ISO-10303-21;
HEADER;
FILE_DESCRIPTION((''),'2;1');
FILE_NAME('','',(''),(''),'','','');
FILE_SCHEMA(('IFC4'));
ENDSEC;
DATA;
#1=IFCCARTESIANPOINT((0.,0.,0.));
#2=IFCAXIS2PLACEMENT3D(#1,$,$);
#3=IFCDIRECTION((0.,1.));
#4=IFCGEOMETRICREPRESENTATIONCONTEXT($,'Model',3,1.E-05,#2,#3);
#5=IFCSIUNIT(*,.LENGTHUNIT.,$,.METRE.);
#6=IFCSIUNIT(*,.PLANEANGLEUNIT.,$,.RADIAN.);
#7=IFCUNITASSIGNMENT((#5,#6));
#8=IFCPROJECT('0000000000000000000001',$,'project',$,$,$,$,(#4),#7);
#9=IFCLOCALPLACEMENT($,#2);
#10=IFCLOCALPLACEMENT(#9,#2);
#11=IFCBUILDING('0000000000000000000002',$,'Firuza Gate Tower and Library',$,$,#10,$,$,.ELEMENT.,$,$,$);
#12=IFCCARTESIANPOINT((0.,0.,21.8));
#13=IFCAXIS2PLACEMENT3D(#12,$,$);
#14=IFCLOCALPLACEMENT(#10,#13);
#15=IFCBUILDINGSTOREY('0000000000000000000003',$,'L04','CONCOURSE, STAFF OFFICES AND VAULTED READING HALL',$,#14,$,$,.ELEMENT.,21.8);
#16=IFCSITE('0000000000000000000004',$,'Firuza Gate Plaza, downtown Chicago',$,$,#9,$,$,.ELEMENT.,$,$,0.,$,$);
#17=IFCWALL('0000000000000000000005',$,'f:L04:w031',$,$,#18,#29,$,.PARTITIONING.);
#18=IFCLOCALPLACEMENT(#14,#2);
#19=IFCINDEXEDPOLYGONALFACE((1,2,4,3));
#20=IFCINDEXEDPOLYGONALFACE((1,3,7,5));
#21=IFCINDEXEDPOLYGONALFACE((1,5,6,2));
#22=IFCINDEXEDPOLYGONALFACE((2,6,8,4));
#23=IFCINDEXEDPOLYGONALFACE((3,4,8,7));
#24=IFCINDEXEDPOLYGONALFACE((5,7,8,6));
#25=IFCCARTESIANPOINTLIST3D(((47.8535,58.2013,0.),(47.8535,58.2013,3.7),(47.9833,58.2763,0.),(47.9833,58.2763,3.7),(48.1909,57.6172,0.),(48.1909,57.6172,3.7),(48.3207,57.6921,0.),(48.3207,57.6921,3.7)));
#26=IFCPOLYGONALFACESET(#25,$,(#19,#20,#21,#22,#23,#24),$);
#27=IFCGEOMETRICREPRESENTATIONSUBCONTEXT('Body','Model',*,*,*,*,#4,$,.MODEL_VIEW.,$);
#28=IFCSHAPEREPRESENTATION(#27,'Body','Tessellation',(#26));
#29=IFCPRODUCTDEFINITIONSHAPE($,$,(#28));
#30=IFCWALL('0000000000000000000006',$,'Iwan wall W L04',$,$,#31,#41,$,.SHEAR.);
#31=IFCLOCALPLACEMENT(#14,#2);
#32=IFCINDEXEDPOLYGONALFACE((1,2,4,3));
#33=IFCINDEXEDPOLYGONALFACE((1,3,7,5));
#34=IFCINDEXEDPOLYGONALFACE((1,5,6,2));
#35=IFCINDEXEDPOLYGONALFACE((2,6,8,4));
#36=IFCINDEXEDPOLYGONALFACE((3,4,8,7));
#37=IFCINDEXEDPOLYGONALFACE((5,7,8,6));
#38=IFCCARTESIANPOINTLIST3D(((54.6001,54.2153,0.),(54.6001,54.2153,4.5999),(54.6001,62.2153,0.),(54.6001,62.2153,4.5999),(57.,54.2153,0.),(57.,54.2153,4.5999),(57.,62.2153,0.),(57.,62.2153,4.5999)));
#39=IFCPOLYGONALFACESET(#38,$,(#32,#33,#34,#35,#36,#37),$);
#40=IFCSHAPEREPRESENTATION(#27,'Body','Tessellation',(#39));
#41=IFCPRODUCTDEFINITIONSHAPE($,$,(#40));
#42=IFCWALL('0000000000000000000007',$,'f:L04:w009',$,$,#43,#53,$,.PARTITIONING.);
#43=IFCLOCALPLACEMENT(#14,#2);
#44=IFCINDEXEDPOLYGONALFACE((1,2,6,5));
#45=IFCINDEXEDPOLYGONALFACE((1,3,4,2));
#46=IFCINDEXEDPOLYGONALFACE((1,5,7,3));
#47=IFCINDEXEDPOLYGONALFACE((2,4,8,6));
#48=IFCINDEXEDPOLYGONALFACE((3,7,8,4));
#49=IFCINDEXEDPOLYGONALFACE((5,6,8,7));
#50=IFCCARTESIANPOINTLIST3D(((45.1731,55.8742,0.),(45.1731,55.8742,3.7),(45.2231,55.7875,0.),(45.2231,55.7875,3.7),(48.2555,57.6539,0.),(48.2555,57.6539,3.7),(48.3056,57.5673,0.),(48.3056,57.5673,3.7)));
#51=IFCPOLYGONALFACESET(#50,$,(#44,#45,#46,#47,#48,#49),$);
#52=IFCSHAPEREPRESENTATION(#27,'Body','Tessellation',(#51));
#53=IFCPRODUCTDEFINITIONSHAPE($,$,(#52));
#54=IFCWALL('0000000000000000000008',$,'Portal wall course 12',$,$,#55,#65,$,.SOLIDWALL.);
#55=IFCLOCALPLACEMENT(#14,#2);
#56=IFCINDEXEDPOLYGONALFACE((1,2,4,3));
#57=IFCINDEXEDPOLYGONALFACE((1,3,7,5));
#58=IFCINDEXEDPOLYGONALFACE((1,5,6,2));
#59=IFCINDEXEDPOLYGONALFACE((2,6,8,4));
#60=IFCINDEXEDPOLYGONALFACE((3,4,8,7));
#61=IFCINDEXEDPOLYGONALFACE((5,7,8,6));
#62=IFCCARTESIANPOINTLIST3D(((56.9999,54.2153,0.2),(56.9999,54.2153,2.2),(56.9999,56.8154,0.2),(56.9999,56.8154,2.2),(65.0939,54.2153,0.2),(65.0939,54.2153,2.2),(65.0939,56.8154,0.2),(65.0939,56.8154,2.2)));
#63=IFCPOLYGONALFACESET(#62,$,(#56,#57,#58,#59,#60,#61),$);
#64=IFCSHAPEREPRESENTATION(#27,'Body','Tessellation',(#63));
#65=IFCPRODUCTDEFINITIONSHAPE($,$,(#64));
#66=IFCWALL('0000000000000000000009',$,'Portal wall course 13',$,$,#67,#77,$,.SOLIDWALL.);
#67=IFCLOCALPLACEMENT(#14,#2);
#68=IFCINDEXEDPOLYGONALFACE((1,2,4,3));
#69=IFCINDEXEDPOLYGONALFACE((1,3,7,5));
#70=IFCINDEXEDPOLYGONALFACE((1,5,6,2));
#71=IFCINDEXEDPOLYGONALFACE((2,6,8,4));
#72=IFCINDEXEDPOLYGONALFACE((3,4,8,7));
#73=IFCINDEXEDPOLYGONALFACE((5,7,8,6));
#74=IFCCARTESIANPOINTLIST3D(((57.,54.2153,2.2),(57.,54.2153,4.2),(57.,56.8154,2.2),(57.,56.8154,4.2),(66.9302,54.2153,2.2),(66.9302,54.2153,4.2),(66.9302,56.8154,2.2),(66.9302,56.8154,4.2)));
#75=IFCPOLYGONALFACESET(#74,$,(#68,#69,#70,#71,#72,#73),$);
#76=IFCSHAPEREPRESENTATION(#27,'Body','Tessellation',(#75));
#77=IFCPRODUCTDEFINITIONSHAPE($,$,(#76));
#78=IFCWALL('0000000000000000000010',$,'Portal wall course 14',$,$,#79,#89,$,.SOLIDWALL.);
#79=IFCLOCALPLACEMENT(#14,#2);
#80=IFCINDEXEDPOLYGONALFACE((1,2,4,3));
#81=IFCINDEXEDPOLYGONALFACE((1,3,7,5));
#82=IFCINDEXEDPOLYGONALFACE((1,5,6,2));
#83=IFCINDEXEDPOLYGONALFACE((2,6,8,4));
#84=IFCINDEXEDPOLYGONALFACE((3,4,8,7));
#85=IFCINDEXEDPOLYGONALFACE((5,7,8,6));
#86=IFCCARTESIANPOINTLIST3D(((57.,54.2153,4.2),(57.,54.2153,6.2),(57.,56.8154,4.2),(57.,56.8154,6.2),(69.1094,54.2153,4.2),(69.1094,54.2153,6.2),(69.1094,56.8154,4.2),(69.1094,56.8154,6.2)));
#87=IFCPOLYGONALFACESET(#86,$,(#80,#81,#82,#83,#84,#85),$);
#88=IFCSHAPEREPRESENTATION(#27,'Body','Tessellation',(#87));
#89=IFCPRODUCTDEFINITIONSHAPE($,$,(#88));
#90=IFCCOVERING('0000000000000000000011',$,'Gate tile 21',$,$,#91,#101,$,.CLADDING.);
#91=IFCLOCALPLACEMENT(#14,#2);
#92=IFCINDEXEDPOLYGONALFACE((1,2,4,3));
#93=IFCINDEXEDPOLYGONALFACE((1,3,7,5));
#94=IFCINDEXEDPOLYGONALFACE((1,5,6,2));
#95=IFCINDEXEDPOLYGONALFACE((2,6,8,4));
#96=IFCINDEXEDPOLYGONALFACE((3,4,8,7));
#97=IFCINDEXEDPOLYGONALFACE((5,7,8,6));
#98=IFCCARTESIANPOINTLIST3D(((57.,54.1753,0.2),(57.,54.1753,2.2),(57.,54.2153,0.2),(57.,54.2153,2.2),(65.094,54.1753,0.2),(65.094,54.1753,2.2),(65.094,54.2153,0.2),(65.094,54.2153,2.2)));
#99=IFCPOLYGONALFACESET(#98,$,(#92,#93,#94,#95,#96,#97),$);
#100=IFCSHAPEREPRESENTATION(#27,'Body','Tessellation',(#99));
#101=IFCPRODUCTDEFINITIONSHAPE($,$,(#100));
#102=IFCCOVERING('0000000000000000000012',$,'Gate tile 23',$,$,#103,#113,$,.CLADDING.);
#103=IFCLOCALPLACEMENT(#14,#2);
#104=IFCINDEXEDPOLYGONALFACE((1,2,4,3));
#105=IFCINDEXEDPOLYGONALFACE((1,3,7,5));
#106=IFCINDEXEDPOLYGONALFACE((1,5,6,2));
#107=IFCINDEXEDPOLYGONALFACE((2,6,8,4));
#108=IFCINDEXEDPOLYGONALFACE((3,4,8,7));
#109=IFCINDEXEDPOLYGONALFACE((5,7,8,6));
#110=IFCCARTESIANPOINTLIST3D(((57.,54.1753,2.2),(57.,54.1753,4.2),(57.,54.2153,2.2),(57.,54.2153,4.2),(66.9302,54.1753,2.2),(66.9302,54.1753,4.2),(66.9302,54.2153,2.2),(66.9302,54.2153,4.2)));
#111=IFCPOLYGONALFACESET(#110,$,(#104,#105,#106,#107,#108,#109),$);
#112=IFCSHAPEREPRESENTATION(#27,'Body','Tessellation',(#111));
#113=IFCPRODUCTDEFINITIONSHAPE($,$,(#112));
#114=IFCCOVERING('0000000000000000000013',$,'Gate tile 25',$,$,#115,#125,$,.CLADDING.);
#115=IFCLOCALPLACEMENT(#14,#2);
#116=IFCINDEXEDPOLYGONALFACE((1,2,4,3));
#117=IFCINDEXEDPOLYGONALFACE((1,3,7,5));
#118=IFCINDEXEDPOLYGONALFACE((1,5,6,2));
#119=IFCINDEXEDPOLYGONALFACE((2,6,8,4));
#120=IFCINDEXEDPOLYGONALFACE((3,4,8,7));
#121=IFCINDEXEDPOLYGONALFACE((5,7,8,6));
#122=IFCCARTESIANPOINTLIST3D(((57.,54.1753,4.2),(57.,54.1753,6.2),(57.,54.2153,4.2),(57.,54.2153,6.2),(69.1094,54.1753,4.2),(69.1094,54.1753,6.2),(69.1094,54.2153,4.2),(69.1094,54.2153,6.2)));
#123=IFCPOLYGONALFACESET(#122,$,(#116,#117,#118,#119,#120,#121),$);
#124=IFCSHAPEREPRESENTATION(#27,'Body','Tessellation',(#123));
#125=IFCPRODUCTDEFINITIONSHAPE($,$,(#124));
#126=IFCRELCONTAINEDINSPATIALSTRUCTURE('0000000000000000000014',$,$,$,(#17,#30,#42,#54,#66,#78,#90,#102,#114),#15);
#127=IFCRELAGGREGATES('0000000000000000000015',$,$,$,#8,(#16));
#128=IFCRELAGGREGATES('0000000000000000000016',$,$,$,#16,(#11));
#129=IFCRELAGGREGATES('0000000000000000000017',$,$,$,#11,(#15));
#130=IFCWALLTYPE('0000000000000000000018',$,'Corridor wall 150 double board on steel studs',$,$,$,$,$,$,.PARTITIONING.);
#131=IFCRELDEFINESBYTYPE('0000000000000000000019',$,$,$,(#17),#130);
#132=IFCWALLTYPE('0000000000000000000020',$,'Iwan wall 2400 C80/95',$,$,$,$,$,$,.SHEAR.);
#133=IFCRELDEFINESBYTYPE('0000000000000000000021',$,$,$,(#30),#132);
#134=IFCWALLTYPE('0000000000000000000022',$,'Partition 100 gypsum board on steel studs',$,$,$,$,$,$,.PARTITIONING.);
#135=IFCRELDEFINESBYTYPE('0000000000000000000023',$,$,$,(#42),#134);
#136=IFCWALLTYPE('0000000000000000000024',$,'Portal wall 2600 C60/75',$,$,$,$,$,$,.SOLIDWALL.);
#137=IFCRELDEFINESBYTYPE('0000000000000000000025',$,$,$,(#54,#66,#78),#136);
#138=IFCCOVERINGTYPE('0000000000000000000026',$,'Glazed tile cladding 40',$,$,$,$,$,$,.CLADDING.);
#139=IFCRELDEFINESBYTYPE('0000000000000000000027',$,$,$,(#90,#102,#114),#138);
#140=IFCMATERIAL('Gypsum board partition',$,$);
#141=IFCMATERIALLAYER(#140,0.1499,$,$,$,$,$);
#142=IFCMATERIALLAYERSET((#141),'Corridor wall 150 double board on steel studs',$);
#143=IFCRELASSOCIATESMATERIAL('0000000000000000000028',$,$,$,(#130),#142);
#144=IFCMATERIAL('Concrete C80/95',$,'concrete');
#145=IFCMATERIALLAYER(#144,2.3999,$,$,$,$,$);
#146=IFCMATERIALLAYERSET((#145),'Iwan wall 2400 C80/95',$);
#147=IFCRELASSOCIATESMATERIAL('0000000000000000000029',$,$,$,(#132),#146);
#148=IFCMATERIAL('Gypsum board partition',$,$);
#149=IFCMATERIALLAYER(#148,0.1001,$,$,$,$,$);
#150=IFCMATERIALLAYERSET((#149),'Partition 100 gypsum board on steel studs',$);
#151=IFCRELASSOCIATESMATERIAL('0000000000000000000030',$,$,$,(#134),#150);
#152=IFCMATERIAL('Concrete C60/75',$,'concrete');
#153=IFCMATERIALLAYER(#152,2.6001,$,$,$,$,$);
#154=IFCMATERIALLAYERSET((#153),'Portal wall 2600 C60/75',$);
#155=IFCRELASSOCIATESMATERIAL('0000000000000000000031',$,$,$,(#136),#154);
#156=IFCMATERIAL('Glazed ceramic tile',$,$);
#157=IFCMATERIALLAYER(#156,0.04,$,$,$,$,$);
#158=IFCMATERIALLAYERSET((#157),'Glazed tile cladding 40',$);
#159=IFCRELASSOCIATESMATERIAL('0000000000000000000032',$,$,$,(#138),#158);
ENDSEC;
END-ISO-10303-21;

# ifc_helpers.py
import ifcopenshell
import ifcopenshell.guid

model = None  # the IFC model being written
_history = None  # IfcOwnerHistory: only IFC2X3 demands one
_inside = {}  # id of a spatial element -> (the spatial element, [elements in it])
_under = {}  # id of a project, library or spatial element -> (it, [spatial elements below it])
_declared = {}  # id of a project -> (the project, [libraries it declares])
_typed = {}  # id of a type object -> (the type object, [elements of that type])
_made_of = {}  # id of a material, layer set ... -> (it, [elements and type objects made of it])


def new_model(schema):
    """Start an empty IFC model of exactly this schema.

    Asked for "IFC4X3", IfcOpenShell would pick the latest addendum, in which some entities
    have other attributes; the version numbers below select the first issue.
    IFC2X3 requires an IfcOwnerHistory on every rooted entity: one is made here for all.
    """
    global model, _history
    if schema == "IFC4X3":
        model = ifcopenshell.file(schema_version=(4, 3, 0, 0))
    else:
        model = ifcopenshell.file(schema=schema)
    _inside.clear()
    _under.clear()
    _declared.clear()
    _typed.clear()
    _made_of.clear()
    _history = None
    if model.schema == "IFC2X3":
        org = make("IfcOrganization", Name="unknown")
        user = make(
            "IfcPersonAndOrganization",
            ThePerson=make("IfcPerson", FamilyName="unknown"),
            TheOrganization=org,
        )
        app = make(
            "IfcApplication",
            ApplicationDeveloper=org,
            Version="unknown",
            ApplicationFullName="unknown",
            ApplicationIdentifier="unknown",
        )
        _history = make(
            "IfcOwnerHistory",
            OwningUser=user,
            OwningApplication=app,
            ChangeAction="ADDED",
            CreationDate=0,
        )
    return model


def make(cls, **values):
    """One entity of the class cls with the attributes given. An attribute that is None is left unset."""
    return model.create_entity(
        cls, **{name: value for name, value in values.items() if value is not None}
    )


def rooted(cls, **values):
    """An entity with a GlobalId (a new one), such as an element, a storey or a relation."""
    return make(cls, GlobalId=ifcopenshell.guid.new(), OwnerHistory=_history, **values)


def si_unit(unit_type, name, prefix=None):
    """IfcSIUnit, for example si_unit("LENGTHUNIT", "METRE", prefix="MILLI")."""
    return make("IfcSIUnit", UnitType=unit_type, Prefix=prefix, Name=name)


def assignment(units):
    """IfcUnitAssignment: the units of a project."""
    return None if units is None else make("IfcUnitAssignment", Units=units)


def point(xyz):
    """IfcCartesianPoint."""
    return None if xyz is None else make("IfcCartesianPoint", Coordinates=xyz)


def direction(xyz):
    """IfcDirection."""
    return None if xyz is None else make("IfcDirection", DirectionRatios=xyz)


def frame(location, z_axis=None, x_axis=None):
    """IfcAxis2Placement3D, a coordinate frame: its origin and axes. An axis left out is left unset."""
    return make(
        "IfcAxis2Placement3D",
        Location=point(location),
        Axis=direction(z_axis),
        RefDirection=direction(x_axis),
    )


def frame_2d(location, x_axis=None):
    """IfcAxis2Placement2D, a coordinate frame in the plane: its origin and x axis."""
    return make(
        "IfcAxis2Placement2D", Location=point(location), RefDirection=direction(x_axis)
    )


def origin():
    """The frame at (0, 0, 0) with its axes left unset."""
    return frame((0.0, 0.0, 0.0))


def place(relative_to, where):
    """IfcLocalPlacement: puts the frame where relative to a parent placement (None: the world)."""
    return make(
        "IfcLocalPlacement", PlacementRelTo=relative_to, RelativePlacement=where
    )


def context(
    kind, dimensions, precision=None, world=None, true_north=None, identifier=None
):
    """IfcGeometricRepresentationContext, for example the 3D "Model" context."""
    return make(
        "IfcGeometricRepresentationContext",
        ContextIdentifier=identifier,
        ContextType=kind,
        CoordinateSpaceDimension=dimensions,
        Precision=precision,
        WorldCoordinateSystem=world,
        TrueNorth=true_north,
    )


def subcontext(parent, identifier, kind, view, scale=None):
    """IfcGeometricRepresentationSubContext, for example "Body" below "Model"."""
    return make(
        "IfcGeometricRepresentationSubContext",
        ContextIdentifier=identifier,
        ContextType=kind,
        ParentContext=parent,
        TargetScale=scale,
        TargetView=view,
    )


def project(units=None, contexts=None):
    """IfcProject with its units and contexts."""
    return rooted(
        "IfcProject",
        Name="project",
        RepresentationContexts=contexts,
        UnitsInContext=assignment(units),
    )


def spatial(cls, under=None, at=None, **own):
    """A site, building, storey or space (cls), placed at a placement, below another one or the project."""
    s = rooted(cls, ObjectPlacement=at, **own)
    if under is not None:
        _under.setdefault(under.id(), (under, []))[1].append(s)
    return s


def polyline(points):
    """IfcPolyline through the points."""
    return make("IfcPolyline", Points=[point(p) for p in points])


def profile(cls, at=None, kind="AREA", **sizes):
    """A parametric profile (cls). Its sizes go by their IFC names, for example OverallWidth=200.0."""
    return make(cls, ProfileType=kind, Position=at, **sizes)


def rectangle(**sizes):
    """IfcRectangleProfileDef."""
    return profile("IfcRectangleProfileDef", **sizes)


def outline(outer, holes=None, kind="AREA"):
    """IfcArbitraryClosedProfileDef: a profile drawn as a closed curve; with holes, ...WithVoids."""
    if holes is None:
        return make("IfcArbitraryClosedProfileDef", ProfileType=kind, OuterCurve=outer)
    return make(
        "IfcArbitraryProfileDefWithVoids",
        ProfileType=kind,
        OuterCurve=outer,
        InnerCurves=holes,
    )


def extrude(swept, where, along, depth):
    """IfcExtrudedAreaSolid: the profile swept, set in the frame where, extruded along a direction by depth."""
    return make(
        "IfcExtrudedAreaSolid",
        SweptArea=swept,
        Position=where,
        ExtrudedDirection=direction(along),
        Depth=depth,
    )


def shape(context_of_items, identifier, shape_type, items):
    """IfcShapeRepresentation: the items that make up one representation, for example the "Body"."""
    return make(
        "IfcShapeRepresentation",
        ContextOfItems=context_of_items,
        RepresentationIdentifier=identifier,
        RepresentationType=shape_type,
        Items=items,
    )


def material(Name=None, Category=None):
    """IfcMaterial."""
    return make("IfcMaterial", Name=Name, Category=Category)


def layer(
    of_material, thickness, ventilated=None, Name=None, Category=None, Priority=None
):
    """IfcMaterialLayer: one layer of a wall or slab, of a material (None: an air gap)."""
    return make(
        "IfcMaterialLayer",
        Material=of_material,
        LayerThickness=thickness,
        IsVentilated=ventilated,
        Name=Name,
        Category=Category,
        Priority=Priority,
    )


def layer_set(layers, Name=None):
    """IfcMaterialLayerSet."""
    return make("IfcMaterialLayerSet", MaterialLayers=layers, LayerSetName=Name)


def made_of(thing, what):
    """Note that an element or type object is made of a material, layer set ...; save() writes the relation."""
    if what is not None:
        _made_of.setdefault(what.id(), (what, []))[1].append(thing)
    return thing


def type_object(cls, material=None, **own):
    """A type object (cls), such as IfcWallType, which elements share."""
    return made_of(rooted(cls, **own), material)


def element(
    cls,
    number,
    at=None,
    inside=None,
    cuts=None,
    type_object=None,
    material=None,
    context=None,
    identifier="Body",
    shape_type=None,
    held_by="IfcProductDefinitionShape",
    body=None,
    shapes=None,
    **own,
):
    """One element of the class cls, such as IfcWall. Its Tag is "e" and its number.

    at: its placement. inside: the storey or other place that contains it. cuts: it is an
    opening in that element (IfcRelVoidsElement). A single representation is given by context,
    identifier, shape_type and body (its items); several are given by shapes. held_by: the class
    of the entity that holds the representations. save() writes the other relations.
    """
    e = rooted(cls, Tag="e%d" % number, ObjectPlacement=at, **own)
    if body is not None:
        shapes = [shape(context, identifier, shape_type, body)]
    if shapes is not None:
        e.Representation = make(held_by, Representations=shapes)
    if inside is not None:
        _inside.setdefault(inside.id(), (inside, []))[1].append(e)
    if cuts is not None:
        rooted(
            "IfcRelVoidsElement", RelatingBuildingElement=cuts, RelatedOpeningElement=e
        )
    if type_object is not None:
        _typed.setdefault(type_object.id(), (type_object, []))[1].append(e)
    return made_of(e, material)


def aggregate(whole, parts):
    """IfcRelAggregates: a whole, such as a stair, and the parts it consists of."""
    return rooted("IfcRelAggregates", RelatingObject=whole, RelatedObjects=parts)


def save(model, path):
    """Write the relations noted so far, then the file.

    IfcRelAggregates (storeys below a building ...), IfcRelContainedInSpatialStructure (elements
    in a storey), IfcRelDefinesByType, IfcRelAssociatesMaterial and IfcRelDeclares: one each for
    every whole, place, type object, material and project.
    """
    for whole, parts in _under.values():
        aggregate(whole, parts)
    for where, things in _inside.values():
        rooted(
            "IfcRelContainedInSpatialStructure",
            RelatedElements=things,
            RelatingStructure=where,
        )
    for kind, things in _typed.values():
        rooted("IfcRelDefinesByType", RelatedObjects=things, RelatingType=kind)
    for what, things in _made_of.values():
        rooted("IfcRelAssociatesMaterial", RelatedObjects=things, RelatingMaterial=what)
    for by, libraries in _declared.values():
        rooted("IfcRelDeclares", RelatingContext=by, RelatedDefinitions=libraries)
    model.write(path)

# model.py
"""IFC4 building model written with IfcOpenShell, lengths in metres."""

from ifc_helpers import new_model, si_unit, direction, frame, frame_2d, origin, place, context, subcontext, project, spatial, polyline, rectangle, outline, extrude, material, layer, layer_set, type_object, element, save


model = new_model("IFC4")

# Units and contexts
model_context = context("Model", 3, precision=1e-05, world=origin(), true_north=direction((0.0, 1.0)))
body_context = subcontext(model_context, "Body", "Model", "MODEL_VIEW")
ifc_project = project(units=[si_unit("LENGTHUNIT", "METRE"), si_unit("PLANEANGLEUNIT", "RADIAN")], contexts=[model_context])

# Site, building, storey
site_placement = place(None, origin())
site = spatial("IfcSite", under=ifc_project, at=site_placement, Name="Firuza Gate Plaza, downtown Chicago", CompositionType="ELEMENT", RefElevation=0.0)
building_placement = place(site_placement, origin())
building = spatial("IfcBuilding", under=site, at=building_placement, Name="Firuza Gate Tower and Library", CompositionType="ELEMENT")
storey_placement = place(building_placement, frame((0.0, 0.0, 21.8)))
storey = spatial("IfcBuildingStorey", under=building, at=storey_placement, Name="L04", Description="CONCOURSE, STAFF OFFICES AND VAULTED READING HALL", CompositionType="ELEMENT", Elevation=21.8)

# Walls
ifc_material_1 = material(Name="Gypsum board partition")
ifc_layer_1 = layer(ifc_material_1, 0.1499)
ifc_layer_set_1 = layer_set([ifc_layer_1], Name="Corridor wall 150 double board on steel studs")
wall_type_1 = type_object("IfcWallType", Name="Corridor wall 150 double board on steel studs", PredefinedType="PARTITIONING", material=ifc_layer_set_1)
wall_1_placement = place(storey_placement, frame((48.2559, 57.6545, 0.0), z_axis=(0.0, 0.0, 1.0), x_axis=(-0.500109, 0.865963, 0.0)))
element("IfcWall", 1, at=wall_1_placement, inside=storey, type_object=wall_type_1, Name="f:L04:w031", PredefinedType="PARTITIONING", context=body_context, shape_type="SweptSolid", body=[
    extrude(rectangle(XDim=0.6746, YDim=0.1499, at=frame_2d((0.3374, 0.0))), origin(), (0.0, 0.0, 1.0), 3.7),
])
ifc_material_2 = material(Name="Concrete C80/95", Category="concrete")
ifc_layer_2 = layer(ifc_material_2, 2.3999)
ifc_layer_set_2 = layer_set([ifc_layer_2], Name="Iwan wall 2400 C80/95")
wall_type_2 = type_object("IfcWallType", Name="Iwan wall 2400 C80/95", PredefinedType="SHEAR", material=ifc_layer_set_2)
wall_2_placement = place(storey_placement, frame((55.8, 54.2153, 0.0), z_axis=(0.0, 0.0, 1.0), x_axis=(0.0, 1.0, 0.0)))
element("IfcWall", 2, at=wall_2_placement, inside=storey, type_object=wall_type_2, Name="Iwan wall W L04", PredefinedType="SHEAR", context=body_context, shape_type="SweptSolid", body=[
    extrude(rectangle(XDim=8.0, YDim=2.3999, at=frame_2d((4.0, 0.0))), origin(), (0.0, 0.0, 1.0), 4.5999),
])
ifc_material_3 = material(Name="Gypsum board partition")
ifc_layer_3 = layer(ifc_material_3, 0.1001)
ifc_layer_set_3 = layer_set([ifc_layer_3], Name="Partition 100 gypsum board on steel studs")
wall_type_3 = type_object("IfcWallType", Name="Partition 100 gypsum board on steel studs", PredefinedType="PARTITIONING", material=ifc_layer_set_3)
wall_3_placement = place(storey_placement, frame((45.198, 55.8308, 0.0), z_axis=(0.0, 0.0, 1.0), x_axis=(0.866014, 0.500019, 0.0)))
element("IfcWall", 3, at=wall_3_placement, inside=storey, type_object=wall_type_3, Name="f:L04:w009", PredefinedType="PARTITIONING", context=body_context, shape_type="SweptSolid", body=[
    extrude(rectangle(XDim=3.5593, YDim=0.1001, at=frame_2d((1.7798, 0.0))), origin(), (0.0, 0.0, 1.0), 3.7),
])
ifc_material_4 = material(Name="Concrete C60/75", Category="concrete")
ifc_layer_4 = layer(ifc_material_4, 2.6001)
ifc_layer_set_4 = layer_set([ifc_layer_4], Name="Portal wall 2600 C60/75")
wall_type_4 = type_object("IfcWallType", Name="Portal wall 2600 C60/75", PredefinedType="SOLIDWALL", material=ifc_layer_set_4)
wall_4_placement = place(storey_placement, frame((57.0, 55.5154, 0.2), z_axis=(0.0, 0.0, 1.0), x_axis=(1.0, 0.0, 0.0)))
element("IfcWall", 4, at=wall_4_placement, inside=storey, type_object=wall_type_4, Name="Portal wall course 12", PredefinedType="SOLIDWALL", context=body_context, shape_type="SweptSolid", body=[
    extrude(rectangle(XDim=8.094, YDim=2.6001, at=frame_2d((4.0469, 0.0))), origin(), (0.0, 0.0, 1.0), 2.0),
])
wall_5_placement = place(storey_placement, frame((57.0, 55.5154, 2.2), z_axis=(0.0, 0.0, 1.0), x_axis=(1.0, 0.0, 0.0)))
element("IfcWall", 5, at=wall_5_placement, inside=storey, type_object=wall_type_4, Name="Portal wall course 13", PredefinedType="SOLIDWALL", context=body_context, shape_type="SweptSolid", body=[
    extrude(rectangle(XDim=9.9302, YDim=2.6001, at=frame_2d((4.9651, 0.0))), origin(), (0.0, 0.0, 1.0), 2.0),
])
wall_6_placement = place(storey_placement, frame((57.0, 55.5154, 4.2), z_axis=(0.0, 0.0, 1.0), x_axis=(1.0, 0.0, 0.0)))
element("IfcWall", 6, at=wall_6_placement, inside=storey, type_object=wall_type_4, Name="Portal wall course 14", PredefinedType="SOLIDWALL", context=body_context, shape_type="SweptSolid", body=[
    extrude(rectangle(XDim=12.1094, YDim=2.6001, at=frame_2d((6.0547, 0.0))), origin(), (0.0, 0.0, 1.0), 2.0),
])

# Coverings
ifc_material_5 = material(Name="Glazed ceramic tile")
ifc_layer_5 = layer(ifc_material_5, 0.04)
ifc_layer_set_5 = layer_set([ifc_layer_5], Name="Glazed tile cladding 40")
covering_type = type_object("IfcCoveringType", Name="Glazed tile cladding 40", PredefinedType="CLADDING", material=ifc_layer_set_5)
covering_1_placement = place(storey_placement, frame((57.0, 54.1753, 0.2), z_axis=(0.0, -1.0, 0.0), x_axis=(1.0, 0.0, 0.0)))
element("IfcCovering", 7, at=covering_1_placement, inside=storey, type_object=covering_type, Name="Gate tile 21", PredefinedType="CLADDING", context=body_context, shape_type="SweptSolid", body=[
    extrude(outline(polyline([(0.0, 0.0), (8.094, 0.0), (8.094, 2.0), (0.0, 2.0), (0.0, 0.0)])), origin(), (0.0, 0.0, -1.0), 0.04),
])
covering_2_placement = place(storey_placement, frame((57.0, 54.1753, 2.2), z_axis=(0.0, -1.0, 0.0), x_axis=(1.0, 0.0, 0.0)))
element("IfcCovering", 8, at=covering_2_placement, inside=storey, type_object=covering_type, Name="Gate tile 23", PredefinedType="CLADDING", context=body_context, shape_type="SweptSolid", body=[
    extrude(outline(polyline([(0.0, 0.0), (9.9302, 0.0), (9.9302, 2.0), (0.0, 2.0), (0.0, 0.0)])), origin(), (0.0, 0.0, -1.0), 0.04),
])
covering_3_placement = place(storey_placement, frame((57.0, 54.1753, 4.2), z_axis=(0.0, -1.0, 0.0), x_axis=(1.0, 0.0, 0.0)))
element("IfcCovering", 9, at=covering_3_placement, inside=storey, type_object=covering_type, Name="Gate tile 25", PredefinedType="CLADDING", context=body_context, shape_type="SweptSolid", body=[
    extrude(outline(polyline([(0.0, 0.0), (12.1094, 0.0), (12.1094, 2.0), (0.0, 2.0), (0.0, 0.0)])), origin(), (0.0, 0.0, -1.0), 0.04),
])

save(model, "model.ifc")
